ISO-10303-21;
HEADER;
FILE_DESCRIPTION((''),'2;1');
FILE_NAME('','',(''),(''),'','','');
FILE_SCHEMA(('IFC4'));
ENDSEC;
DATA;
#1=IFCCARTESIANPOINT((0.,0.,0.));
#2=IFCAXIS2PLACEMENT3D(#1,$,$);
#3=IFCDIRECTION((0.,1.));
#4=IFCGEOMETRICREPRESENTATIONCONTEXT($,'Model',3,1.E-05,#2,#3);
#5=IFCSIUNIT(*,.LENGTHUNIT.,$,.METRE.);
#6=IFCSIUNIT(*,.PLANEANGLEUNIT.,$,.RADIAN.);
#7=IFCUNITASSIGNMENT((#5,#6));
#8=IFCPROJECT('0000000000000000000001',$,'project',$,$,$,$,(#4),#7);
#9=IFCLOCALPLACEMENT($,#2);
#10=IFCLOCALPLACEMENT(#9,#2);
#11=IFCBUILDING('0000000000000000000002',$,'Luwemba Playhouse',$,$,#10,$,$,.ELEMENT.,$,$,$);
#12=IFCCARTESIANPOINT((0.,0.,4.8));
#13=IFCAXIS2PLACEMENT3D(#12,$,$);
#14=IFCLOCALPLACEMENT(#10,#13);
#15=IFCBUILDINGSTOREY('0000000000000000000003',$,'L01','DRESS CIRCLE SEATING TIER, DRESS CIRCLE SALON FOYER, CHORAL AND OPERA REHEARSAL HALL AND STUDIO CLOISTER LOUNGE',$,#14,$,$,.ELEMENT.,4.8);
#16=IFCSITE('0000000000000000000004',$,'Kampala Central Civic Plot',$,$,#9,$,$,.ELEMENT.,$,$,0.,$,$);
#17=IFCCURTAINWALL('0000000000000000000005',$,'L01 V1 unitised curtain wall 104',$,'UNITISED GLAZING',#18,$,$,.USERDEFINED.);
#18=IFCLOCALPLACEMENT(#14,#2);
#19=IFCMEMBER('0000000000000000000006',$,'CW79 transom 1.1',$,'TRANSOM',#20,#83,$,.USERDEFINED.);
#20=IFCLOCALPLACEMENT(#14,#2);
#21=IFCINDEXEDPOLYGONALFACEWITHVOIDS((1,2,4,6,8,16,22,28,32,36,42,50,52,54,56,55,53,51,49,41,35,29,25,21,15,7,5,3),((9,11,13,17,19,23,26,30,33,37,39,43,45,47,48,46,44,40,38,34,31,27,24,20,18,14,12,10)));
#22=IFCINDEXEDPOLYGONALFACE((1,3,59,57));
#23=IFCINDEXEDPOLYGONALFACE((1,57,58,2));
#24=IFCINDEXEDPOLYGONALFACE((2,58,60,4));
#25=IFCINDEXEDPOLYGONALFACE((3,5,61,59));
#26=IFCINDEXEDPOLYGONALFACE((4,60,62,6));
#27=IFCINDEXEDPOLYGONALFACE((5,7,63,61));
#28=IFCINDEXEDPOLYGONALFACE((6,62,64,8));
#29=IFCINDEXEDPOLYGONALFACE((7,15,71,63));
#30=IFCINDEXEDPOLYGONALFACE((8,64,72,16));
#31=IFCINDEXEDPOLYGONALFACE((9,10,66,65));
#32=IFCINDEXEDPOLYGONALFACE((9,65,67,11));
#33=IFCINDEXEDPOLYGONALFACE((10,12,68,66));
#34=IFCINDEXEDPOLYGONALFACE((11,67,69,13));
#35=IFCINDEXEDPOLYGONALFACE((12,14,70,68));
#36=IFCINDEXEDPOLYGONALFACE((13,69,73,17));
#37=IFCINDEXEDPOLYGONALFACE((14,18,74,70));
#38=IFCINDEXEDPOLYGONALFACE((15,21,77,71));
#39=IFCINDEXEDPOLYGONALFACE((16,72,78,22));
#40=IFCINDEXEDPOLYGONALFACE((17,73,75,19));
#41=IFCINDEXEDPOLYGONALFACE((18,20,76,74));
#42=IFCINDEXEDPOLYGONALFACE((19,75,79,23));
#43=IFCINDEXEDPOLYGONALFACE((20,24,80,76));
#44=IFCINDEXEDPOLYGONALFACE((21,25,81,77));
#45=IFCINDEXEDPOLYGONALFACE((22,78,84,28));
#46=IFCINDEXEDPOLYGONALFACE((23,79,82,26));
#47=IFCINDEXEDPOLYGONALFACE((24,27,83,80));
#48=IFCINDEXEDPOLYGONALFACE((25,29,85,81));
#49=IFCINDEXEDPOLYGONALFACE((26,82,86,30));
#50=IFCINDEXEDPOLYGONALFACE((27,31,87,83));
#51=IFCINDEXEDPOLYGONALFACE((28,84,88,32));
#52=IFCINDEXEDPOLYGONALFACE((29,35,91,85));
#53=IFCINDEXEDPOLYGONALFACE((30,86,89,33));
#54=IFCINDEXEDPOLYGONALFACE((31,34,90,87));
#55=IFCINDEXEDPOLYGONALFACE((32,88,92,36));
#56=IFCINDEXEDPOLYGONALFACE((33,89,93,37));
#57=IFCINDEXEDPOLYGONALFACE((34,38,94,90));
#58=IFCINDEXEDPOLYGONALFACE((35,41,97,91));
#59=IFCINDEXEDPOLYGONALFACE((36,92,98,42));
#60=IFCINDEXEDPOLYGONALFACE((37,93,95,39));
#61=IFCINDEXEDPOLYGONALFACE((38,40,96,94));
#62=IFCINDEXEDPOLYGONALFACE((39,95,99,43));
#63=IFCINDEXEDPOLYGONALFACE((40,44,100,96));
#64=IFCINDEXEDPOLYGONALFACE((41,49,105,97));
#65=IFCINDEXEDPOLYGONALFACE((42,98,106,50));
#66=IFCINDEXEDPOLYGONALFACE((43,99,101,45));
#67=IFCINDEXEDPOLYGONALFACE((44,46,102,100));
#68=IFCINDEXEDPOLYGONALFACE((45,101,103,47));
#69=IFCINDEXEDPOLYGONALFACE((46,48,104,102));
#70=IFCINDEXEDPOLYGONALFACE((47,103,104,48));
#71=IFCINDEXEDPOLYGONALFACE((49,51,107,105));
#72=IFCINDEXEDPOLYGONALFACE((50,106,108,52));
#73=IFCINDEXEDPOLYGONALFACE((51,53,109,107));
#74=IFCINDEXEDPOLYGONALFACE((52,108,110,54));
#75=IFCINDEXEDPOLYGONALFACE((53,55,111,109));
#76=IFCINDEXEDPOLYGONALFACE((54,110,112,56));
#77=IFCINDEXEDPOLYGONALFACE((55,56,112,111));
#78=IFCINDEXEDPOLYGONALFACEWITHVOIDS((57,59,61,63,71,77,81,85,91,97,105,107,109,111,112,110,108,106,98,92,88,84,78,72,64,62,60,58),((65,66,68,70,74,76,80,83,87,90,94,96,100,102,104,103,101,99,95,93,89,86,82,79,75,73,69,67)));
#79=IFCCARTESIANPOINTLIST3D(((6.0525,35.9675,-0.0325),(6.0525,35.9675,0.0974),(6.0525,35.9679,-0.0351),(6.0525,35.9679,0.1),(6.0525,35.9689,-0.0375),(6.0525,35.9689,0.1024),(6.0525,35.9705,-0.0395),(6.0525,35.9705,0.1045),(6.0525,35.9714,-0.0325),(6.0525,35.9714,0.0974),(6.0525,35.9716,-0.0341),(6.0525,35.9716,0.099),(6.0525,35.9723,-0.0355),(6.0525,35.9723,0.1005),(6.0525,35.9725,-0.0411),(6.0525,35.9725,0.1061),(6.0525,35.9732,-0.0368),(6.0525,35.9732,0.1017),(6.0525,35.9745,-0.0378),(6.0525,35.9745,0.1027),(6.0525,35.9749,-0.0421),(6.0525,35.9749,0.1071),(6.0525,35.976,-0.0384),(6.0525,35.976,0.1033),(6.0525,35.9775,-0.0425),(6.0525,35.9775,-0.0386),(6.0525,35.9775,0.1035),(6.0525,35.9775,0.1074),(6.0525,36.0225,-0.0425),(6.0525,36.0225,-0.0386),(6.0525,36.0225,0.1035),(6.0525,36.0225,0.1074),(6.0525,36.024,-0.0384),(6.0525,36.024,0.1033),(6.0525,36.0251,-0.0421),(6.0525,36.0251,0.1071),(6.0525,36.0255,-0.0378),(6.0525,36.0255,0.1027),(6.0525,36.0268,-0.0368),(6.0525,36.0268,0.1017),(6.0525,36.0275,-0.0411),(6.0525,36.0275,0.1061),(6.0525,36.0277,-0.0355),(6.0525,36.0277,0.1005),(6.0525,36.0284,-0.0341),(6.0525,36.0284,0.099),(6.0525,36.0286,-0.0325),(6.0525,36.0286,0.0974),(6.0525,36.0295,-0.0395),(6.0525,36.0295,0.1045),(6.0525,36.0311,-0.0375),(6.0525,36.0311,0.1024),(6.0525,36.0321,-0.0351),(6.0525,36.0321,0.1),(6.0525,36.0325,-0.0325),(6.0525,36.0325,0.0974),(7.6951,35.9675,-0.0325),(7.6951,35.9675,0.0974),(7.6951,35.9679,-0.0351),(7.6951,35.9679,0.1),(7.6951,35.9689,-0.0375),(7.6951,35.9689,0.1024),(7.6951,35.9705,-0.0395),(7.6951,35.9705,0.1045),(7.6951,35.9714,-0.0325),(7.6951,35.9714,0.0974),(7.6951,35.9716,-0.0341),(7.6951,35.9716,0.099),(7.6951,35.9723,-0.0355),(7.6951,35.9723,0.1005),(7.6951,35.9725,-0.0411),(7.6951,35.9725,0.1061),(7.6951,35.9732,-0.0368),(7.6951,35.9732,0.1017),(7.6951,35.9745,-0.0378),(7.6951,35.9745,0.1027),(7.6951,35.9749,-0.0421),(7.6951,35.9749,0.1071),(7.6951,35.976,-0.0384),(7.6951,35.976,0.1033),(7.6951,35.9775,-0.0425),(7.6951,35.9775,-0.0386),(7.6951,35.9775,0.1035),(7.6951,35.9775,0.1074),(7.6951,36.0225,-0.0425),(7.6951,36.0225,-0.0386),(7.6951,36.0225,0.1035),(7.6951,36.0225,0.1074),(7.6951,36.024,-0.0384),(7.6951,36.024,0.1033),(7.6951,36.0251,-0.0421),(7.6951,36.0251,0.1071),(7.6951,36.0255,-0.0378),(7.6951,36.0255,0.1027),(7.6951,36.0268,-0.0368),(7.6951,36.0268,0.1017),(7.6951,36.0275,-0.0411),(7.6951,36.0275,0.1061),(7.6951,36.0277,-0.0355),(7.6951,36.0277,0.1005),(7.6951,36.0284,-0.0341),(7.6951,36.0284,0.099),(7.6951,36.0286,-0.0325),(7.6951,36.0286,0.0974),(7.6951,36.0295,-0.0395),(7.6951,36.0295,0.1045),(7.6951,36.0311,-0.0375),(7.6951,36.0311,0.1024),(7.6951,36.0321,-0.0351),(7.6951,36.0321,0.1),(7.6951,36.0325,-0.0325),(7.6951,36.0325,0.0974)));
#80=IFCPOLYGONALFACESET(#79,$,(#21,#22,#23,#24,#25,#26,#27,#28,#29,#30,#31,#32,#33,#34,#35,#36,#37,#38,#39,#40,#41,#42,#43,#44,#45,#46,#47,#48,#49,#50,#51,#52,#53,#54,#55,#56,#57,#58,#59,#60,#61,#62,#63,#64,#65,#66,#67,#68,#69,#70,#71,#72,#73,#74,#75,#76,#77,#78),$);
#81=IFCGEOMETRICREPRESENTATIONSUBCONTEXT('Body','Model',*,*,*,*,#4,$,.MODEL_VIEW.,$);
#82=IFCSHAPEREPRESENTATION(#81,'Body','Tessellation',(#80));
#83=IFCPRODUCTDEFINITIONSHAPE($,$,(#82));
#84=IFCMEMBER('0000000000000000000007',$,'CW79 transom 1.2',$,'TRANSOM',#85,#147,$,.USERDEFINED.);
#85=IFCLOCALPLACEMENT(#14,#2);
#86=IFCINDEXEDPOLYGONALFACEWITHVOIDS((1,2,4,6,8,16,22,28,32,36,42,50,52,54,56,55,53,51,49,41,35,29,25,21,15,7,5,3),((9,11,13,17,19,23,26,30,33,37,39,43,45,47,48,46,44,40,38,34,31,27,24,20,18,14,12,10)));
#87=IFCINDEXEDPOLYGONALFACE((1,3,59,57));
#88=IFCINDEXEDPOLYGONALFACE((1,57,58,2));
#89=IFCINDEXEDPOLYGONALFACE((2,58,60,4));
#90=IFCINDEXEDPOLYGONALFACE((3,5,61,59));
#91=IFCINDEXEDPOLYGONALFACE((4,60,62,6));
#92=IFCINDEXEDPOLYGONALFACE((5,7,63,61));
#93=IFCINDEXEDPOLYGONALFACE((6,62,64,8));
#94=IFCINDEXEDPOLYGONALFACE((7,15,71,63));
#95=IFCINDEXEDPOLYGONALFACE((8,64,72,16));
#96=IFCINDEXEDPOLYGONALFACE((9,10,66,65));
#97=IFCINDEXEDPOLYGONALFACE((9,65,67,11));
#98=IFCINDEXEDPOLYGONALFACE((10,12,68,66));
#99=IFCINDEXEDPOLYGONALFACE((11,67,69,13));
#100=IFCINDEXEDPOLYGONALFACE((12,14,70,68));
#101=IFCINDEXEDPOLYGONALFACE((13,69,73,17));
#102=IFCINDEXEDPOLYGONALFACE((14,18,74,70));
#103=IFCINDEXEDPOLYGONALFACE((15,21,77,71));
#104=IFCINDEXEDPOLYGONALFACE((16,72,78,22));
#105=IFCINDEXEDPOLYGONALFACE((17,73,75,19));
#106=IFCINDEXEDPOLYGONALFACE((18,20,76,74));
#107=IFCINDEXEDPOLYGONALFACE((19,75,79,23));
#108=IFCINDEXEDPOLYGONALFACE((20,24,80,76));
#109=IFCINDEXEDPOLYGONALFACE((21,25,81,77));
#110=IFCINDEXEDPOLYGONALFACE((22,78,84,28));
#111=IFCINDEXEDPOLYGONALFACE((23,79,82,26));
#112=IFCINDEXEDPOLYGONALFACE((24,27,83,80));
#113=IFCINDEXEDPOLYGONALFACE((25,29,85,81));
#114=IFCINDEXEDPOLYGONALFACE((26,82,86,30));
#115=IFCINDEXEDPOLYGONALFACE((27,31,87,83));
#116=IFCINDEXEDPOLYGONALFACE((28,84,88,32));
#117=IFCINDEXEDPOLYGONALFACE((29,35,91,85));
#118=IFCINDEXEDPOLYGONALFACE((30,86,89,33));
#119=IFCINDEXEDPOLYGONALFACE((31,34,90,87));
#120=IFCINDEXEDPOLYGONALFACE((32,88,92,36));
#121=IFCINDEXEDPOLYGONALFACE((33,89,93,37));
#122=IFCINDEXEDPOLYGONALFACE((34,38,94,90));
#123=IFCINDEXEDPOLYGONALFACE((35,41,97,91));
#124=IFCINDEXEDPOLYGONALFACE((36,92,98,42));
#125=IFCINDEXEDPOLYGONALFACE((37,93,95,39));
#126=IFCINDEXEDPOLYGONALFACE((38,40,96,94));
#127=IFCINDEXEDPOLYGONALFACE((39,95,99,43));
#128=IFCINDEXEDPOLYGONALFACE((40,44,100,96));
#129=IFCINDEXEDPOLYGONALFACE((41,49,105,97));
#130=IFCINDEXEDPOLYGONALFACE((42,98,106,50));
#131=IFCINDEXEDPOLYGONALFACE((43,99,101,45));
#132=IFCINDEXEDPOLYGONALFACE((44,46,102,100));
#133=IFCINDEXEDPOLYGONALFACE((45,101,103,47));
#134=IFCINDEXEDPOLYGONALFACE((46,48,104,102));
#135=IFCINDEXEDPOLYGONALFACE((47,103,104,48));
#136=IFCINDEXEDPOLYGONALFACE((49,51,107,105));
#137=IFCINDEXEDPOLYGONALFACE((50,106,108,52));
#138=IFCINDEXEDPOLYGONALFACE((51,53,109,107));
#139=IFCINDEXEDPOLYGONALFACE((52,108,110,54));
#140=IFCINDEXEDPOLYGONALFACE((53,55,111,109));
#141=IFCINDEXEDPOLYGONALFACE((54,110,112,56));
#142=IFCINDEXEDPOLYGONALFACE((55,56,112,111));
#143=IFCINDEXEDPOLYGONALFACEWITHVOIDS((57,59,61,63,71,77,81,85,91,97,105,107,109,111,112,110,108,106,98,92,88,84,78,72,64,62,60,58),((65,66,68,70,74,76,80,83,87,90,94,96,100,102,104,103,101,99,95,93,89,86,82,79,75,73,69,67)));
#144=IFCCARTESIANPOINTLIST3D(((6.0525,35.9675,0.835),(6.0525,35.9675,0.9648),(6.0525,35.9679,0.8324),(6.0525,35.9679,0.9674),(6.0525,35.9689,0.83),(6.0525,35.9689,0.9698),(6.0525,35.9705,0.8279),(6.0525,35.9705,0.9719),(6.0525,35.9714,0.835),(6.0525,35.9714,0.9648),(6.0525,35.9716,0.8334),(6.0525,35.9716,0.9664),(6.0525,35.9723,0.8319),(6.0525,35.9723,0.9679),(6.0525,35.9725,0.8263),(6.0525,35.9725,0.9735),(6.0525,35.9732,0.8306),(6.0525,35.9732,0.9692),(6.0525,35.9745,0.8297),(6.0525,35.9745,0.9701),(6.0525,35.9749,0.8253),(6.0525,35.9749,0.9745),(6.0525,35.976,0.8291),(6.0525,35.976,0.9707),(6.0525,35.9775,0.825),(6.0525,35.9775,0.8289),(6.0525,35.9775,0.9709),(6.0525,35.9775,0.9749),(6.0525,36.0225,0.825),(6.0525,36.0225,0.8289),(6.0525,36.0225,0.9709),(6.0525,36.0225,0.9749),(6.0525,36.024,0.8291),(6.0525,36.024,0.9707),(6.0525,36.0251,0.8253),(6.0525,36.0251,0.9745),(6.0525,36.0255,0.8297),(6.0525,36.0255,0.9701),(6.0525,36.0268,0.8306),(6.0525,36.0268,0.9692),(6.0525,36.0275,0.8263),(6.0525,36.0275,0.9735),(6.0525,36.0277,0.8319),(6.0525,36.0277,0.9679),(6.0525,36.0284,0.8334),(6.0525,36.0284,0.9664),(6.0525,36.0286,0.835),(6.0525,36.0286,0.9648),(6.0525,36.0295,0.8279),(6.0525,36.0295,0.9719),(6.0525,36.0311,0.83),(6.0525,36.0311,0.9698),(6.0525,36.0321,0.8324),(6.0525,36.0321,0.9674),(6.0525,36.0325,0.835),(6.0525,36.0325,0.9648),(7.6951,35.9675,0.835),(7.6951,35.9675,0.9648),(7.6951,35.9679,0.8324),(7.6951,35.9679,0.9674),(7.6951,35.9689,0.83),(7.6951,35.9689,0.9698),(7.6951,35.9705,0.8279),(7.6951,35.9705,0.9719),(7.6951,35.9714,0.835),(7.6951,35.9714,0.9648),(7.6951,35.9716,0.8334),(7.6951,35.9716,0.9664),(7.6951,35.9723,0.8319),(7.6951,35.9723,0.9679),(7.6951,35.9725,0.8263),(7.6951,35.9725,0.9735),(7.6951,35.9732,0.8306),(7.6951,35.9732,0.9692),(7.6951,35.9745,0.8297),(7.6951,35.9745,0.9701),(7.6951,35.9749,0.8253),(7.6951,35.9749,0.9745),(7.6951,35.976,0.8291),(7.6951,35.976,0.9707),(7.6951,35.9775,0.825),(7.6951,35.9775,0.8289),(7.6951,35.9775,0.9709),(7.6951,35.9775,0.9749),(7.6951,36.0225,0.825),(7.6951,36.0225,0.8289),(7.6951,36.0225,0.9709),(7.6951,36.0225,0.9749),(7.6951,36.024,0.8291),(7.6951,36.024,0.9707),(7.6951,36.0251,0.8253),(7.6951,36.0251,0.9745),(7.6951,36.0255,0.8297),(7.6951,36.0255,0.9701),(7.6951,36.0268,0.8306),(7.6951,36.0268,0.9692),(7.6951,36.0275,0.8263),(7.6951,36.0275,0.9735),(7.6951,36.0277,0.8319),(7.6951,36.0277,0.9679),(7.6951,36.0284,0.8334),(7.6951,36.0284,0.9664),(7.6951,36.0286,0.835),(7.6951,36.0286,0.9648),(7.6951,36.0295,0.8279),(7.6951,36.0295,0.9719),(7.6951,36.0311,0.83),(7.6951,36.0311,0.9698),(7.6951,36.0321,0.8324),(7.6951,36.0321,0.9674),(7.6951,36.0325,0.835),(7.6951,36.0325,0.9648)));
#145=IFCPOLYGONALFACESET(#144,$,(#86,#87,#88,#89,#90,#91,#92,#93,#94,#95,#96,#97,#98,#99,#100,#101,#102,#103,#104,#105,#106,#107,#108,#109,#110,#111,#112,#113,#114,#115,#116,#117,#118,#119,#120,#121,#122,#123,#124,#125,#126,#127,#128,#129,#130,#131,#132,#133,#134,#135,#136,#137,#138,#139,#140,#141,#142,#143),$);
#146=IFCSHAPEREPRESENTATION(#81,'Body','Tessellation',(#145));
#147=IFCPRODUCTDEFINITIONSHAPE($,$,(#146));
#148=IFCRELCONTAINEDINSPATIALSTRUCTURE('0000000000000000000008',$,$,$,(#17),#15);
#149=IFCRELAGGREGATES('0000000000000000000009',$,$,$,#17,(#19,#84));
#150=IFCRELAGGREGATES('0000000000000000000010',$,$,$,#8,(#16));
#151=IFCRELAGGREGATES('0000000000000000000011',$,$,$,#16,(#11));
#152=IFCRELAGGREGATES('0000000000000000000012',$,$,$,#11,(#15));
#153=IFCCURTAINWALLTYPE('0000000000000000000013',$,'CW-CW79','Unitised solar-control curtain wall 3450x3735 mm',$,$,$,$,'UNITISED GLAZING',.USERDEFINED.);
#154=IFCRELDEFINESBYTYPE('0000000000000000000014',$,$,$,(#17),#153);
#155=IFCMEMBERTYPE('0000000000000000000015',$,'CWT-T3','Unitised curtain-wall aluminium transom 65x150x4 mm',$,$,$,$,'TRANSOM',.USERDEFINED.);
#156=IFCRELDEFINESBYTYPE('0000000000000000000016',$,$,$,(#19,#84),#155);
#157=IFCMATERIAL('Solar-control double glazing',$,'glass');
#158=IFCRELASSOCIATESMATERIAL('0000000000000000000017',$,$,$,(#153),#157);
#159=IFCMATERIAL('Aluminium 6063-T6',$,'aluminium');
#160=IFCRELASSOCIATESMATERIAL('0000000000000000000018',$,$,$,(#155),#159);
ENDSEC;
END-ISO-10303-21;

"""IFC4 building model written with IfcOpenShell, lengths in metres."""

from ifc_helpers import new_model, si_unit, direction, frame, origin, origin_2d, place, context, subcontext, project, spatial, hollow_rectangle, extrude, material, material_profile, profile_set, type_object, element, aggregate, save


model = new_model("IFC4")

# Units and contexts
model_context = context("Model", 3, precision=1e-05, world=origin(), true_north=direction((0.0, 1.0)))
body_context = subcontext(model_context, "Body", "Model", "MODEL_VIEW")
ifc_project = project(units=[si_unit("LENGTHUNIT", "METRE"), si_unit("PLANEANGLEUNIT", "RADIAN")], contexts=[model_context])

# Site, building, storey
site_placement = place(None, origin())
site = spatial("IfcSite", under=ifc_project, at=site_placement, Name="Kampala Central Civic Plot", CompositionType="ELEMENT", RefElevation=0.0)
building_placement = place(site_placement, origin())
building = spatial("IfcBuilding", under=site, at=building_placement, Name="Luwemba Playhouse", CompositionType="ELEMENT")
storey_placement = place(building_placement, frame((0.0, 0.0, 4.8)))
storey = spatial("IfcBuildingStorey", under=building, at=storey_placement, Name="L01", Description="DRESS CIRCLE SEATING TIER, DRESS CIRCLE SALON FOYER, CHORAL AND OPERA REHEARSAL HALL AND STUDIO CLOISTER LOUNGE", CompositionType="ELEMENT", Elevation=4.8)

# Curtain wall, members
ifc_material_1 = material(Name="Solar-control double glazing", Category="glass")
curtain_wall_type = type_object("IfcCurtainWallType", Name="CW-CW79", Description="Unitised solar-control curtain wall 3450x3735 mm", ElementType="UNITISED GLAZING", PredefinedType="USERDEFINED", material=ifc_material_1)
curtain_wall_placement = place(storey_placement, origin())
curtain_wall = element("IfcCurtainWall", 1, at=curtain_wall_placement, inside=storey, type_object=curtain_wall_type, Name="L01 V1 unitised curtain wall 104", ObjectType="UNITISED GLAZING", PredefinedType="USERDEFINED")
ifc_material_2 = material(Name="Aluminium 6063-T6", Category="aluminium")
ifc_material_profile_1 = material_profile(ifc_material_2, hollow_rectangle(XDim=0.0649, YDim=0.1499, WallThickness=0.0039, InnerFilletRadius=0.0061, OuterFilletRadius=0.01, at=origin_2d()))
ifc_profile_set_1 = profile_set([ifc_material_profile_1], Name="Aluminium 6063-T6")
member_type_1 = type_object("IfcMemberType", Name="CWT-T3", Description="Unitised curtain-wall aluminium transom 65x150x4 mm", ElementType="TRANSOM", PredefinedType="USERDEFINED", material=ifc_profile_set_1)
member_1_placement = place(storey_placement, frame((7.6951, 36.0, 0.0325), z_axis=(-1.0, 0.0, 0.0), x_axis=(0.0, -1.0, 0.0)))
member_1 = element("IfcMember", 2, at=member_1_placement, type_object=member_type_1, Name="CW79 transom 1.1", ObjectType="TRANSOM", PredefinedType="USERDEFINED", context=body_context, shape_type="SweptSolid", body=[
    extrude(hollow_rectangle(XDim=0.0649, YDim=0.1499, WallThickness=0.0039, InnerFilletRadius=0.0061, OuterFilletRadius=0.01, at=origin_2d()), origin(), (0.0, 0.0, 1.0), 1.6426),
])
member_2_placement = place(storey_placement, frame((7.6951, 36.0, 0.8999), z_axis=(-1.0, 0.0, 0.0), x_axis=(0.0, -1.0, 0.0)))
member_2 = element("IfcMember", 3, at=member_2_placement, type_object=member_type_1, Name="CW79 transom 1.2", ObjectType="TRANSOM", PredefinedType="USERDEFINED", context=body_context, shape_type="SweptSolid", body=[
    extrude(hollow_rectangle(XDim=0.0649, YDim=0.1499, WallThickness=0.0039, InnerFilletRadius=0.0061, OuterFilletRadius=0.01, at=origin_2d()), origin(), (0.0, 0.0, 1.0), 1.6426),
])
aggregate(curtain_wall, [member_1, member_2])

save(model, "model.ifc")
